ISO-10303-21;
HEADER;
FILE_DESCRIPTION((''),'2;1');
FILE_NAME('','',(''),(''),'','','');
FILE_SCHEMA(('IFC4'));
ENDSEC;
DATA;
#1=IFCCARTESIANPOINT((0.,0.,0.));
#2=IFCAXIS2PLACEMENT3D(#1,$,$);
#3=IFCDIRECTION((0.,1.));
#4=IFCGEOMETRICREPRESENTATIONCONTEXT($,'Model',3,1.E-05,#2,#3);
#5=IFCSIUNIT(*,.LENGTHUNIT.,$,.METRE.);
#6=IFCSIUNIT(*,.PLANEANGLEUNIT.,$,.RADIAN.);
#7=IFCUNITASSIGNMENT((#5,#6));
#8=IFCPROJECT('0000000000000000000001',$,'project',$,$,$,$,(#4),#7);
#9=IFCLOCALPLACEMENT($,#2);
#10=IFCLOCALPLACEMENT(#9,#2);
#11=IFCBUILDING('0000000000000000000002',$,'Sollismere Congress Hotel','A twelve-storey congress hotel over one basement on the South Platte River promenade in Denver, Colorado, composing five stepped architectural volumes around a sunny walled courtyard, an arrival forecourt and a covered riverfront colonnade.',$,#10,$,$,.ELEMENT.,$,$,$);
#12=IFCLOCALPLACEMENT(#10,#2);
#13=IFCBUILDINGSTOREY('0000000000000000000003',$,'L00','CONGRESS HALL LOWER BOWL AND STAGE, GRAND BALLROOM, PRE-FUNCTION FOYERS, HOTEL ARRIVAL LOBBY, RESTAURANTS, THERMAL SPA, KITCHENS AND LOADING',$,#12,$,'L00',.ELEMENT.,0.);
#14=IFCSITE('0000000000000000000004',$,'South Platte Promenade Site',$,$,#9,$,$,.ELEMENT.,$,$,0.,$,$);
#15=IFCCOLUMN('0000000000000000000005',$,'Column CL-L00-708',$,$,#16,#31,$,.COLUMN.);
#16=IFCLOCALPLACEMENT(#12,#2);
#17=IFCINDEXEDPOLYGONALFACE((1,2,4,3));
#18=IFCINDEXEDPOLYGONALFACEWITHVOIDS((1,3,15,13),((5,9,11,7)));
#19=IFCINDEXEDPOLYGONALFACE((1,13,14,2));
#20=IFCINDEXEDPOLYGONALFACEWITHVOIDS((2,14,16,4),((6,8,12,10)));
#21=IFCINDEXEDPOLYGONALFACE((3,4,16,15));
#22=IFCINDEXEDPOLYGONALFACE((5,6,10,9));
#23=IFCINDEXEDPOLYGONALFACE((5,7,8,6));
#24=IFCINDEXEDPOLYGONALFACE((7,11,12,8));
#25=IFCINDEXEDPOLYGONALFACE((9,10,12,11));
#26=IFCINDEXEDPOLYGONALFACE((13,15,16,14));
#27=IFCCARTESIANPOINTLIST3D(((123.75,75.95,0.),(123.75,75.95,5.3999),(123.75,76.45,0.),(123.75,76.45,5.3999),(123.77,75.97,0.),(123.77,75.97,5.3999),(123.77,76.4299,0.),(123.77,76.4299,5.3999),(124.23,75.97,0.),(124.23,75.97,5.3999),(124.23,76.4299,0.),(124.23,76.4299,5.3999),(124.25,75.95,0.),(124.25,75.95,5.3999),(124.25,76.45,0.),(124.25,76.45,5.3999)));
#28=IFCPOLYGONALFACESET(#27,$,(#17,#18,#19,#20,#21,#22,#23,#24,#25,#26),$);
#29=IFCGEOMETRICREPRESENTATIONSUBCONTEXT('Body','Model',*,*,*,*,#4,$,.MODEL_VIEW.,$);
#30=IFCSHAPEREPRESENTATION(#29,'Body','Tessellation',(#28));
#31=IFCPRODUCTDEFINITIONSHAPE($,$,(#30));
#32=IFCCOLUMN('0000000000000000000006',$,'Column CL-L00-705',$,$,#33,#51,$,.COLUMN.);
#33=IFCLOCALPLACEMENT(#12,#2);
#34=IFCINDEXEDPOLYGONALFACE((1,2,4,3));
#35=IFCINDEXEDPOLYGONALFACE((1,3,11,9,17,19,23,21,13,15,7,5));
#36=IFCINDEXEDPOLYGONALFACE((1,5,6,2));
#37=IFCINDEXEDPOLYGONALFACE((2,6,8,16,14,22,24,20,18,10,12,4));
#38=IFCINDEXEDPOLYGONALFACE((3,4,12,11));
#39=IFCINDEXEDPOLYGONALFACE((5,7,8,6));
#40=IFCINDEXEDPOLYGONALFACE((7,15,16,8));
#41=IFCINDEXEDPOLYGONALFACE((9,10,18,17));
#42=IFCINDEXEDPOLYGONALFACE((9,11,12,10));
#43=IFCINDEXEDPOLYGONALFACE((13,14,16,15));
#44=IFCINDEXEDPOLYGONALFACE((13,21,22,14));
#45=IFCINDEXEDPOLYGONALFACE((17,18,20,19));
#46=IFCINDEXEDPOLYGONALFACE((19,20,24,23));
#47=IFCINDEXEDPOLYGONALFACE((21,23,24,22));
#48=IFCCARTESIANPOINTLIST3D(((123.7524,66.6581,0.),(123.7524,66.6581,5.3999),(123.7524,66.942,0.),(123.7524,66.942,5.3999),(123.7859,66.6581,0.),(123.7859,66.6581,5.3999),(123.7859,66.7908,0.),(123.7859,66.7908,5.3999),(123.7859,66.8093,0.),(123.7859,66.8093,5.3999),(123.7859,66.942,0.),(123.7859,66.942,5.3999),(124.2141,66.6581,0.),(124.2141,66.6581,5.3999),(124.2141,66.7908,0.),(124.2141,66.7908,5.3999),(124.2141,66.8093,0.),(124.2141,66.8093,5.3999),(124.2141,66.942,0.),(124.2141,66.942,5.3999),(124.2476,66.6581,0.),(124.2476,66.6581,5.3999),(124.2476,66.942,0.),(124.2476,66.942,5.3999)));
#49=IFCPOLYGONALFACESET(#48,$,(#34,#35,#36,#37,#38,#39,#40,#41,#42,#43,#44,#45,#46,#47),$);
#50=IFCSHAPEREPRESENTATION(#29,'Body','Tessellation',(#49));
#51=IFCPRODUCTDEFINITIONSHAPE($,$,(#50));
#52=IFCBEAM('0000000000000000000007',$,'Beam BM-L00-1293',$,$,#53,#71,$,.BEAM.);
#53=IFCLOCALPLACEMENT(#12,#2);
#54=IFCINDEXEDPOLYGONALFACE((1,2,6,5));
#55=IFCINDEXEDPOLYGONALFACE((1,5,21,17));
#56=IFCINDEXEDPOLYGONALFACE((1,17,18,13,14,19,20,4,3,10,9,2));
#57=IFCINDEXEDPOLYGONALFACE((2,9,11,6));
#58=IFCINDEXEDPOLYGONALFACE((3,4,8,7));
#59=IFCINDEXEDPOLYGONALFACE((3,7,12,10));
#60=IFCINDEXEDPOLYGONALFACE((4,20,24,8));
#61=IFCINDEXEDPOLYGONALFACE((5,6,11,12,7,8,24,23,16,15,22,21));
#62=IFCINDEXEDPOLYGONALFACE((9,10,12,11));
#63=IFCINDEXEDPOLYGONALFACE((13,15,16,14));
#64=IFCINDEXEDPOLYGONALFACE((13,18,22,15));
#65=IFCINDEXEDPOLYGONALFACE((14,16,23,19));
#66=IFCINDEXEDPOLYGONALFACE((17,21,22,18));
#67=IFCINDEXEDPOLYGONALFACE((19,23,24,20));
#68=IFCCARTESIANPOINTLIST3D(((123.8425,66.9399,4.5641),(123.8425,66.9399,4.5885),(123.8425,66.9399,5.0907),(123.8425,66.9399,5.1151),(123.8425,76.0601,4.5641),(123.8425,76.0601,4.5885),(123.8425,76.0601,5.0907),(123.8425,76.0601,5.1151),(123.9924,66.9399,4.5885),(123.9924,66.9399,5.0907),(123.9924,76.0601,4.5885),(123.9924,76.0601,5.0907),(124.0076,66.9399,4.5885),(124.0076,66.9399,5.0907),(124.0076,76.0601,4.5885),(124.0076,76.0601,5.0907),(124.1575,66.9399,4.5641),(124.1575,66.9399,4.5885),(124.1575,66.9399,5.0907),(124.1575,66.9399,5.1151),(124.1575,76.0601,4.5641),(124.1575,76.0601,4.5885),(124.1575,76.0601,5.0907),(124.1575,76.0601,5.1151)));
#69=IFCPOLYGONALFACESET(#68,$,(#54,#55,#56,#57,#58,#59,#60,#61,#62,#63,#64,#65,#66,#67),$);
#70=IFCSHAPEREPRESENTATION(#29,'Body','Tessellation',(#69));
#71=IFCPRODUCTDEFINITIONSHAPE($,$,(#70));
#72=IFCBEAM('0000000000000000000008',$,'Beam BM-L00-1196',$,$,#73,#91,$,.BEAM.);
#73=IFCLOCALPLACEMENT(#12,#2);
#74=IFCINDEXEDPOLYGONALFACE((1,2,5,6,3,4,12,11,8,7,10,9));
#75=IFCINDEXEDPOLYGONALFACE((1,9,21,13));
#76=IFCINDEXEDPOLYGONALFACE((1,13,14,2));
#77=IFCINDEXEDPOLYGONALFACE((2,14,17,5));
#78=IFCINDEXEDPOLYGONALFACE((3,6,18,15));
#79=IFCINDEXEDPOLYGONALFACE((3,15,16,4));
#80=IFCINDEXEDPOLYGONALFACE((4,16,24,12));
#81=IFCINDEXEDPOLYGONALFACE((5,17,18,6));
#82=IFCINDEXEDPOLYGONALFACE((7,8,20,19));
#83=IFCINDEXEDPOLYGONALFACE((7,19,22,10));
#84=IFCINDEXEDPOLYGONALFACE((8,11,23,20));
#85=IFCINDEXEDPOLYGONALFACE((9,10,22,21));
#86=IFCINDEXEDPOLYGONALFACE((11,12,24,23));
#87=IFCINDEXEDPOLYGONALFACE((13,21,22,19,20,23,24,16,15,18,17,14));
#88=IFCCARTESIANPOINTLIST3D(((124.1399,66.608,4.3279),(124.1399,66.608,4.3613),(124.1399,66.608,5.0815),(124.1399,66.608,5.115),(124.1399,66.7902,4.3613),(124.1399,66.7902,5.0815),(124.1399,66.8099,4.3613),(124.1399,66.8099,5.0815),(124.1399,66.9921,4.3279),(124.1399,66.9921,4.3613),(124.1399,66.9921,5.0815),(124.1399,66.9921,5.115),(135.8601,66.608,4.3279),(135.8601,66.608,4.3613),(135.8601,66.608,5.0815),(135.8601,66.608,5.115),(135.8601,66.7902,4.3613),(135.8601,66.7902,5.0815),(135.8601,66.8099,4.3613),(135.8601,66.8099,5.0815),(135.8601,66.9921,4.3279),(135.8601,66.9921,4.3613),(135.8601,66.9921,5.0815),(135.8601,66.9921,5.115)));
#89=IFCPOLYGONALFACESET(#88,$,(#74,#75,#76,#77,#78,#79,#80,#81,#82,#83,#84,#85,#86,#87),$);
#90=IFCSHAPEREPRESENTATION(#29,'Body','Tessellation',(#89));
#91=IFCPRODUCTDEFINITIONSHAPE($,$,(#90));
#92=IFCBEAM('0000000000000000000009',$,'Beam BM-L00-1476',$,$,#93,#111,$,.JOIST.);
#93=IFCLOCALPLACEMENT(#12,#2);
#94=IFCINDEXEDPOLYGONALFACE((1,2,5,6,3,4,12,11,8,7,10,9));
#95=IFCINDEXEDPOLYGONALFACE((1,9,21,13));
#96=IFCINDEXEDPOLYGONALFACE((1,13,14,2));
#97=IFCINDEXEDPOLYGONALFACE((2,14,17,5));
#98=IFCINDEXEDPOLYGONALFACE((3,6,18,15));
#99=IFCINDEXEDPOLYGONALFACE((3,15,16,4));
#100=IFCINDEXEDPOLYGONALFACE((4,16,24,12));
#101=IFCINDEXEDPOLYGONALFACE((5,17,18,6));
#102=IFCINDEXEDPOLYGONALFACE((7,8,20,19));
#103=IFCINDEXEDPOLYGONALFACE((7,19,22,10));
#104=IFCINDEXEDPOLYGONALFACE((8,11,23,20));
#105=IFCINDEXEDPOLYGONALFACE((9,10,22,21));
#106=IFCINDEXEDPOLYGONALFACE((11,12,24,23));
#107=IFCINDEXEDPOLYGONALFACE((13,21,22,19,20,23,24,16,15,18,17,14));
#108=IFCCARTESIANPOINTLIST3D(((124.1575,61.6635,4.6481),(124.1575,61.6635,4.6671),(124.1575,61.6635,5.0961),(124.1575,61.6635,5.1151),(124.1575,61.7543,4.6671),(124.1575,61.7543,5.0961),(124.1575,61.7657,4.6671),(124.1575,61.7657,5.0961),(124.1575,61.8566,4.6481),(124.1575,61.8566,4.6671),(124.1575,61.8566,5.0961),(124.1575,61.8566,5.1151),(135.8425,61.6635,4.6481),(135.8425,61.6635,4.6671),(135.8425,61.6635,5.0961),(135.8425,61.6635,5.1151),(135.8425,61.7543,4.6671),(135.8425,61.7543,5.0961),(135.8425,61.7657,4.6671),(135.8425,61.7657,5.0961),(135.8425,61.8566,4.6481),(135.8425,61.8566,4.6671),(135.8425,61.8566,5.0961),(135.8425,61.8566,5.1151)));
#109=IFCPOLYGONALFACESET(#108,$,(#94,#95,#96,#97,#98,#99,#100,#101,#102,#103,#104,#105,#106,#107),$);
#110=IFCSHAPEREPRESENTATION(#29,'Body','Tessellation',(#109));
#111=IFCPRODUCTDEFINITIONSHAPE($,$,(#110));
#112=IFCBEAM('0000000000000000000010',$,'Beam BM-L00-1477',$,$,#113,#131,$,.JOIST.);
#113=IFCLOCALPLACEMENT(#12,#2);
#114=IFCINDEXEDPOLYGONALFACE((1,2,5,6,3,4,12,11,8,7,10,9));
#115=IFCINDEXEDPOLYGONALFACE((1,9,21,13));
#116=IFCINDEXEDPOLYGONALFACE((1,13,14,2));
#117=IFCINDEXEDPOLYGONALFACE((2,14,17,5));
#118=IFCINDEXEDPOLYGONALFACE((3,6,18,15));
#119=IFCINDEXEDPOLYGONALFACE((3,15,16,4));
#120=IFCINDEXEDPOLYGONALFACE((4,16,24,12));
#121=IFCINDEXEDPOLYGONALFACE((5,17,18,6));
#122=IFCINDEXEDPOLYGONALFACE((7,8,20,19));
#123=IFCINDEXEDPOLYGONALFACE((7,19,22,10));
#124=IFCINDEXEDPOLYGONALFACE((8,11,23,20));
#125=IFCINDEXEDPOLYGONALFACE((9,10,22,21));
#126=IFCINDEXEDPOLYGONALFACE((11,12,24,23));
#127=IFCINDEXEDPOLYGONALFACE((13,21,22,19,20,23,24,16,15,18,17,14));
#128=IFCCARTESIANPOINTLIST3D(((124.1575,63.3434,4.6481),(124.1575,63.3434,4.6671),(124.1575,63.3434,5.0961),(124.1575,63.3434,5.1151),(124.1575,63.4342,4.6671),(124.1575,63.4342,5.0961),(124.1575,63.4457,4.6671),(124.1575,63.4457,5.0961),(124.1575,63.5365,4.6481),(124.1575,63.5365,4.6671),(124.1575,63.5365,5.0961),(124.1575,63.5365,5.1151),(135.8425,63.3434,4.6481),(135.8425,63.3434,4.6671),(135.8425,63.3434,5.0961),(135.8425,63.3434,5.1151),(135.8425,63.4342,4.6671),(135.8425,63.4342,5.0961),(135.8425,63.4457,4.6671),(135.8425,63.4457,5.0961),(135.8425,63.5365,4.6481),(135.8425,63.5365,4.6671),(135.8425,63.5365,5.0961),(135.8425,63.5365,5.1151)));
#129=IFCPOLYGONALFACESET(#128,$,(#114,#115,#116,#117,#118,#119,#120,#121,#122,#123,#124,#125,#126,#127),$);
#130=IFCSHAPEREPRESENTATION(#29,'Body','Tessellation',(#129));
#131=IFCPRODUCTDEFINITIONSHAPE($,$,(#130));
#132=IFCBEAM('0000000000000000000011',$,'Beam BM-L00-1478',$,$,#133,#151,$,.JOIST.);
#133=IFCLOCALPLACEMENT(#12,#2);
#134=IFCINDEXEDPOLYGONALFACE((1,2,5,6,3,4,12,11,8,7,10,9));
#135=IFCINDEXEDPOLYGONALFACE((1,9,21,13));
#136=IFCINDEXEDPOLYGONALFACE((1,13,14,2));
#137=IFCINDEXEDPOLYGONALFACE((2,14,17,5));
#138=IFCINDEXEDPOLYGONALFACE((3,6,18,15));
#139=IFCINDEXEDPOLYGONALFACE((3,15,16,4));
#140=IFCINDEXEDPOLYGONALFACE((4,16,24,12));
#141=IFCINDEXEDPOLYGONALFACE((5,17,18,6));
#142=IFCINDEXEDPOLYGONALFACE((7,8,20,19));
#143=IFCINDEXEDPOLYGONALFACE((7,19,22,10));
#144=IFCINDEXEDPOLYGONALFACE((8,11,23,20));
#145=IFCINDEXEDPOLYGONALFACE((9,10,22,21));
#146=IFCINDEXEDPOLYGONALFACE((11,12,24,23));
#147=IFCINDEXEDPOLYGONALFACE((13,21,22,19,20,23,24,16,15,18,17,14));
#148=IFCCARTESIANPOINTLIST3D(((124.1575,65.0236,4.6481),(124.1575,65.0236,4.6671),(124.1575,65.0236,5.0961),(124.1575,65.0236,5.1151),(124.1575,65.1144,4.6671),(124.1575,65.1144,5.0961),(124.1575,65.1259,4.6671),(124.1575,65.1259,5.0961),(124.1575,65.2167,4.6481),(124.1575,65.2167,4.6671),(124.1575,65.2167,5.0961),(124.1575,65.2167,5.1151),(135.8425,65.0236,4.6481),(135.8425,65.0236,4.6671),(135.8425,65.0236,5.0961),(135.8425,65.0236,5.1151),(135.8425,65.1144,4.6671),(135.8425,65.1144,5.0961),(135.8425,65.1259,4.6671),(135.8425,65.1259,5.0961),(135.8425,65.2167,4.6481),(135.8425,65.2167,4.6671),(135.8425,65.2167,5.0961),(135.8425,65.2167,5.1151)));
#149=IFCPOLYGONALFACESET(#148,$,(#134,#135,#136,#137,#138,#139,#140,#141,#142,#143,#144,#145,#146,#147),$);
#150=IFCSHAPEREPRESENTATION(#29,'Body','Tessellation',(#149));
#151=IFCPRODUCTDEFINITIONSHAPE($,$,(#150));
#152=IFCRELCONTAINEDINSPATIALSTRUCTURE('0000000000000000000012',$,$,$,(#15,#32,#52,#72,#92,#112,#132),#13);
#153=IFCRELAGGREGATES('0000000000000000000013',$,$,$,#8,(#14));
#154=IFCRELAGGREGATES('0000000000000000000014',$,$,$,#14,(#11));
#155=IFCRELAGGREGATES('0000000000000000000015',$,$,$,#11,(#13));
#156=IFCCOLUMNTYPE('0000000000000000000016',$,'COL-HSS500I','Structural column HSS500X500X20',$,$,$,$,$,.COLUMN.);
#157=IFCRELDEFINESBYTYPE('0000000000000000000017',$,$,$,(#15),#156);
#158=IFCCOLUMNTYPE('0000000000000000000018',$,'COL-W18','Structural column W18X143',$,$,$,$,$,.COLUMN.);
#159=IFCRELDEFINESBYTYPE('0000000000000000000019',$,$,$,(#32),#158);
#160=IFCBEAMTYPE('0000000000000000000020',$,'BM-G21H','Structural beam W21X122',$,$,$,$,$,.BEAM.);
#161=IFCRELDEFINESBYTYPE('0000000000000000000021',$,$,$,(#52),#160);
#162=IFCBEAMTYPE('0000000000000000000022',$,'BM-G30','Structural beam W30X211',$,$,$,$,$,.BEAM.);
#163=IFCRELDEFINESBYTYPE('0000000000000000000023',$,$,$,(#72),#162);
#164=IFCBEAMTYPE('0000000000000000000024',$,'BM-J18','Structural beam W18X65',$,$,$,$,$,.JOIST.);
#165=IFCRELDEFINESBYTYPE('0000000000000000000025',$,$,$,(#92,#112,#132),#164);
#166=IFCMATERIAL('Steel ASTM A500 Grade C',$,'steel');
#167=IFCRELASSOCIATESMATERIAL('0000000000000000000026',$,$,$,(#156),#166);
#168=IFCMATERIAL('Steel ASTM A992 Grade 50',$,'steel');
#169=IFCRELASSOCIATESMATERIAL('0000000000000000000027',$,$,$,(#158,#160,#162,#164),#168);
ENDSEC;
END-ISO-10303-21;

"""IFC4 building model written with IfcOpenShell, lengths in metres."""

from ifc_helpers import new_model, si_unit, direction, frame, origin, origin_2d, place, context, subcontext, project, spatial, hollow_rectangle, i_section, extrude, material, material_profile, profile_set, type_object, element, save


model = new_model("IFC4")

# Units and contexts
model_context = context("Model", 3, precision=1e-05, world=origin(), true_north=direction((0.0, 1.0)))
body_context = subcontext(model_context, "Body", "Model", "MODEL_VIEW")
ifc_project = project(units=[si_unit("LENGTHUNIT", "METRE"), si_unit("PLANEANGLEUNIT", "RADIAN")], contexts=[model_context])

# Site, building, storey
site_placement = place(None, origin())
site = spatial("IfcSite", under=ifc_project, at=site_placement, Name="South Platte Promenade Site", CompositionType="ELEMENT", RefElevation=0.0)
building_placement = place(site_placement, origin())
building = spatial("IfcBuilding", under=site, at=building_placement, Name="Sollismere Congress Hotel", Description="A twelve-storey congress hotel over one basement on the South Platte River promenade in Denver, Colorado, composing five stepped architectural volumes around a sunny walled courtyard, an arrival forecourt and a covered riverfront colonnade.", CompositionType="ELEMENT")
storey_placement = place(building_placement, origin())
storey = spatial("IfcBuildingStorey", under=building, at=storey_placement, Name="L00", Description="CONGRESS HALL LOWER BOWL AND STAGE, GRAND BALLROOM, PRE-FUNCTION FOYERS, HOTEL ARRIVAL LOBBY, RESTAURANTS, THERMAL SPA, KITCHENS AND LOADING", LongName="L00", CompositionType="ELEMENT", Elevation=0.0)

# Columns
ifc_material_1 = material(Name="Steel ASTM A500 Grade C", Category="steel")
ifc_material_profile_1 = material_profile(ifc_material_1, hollow_rectangle(XDim=0.5, YDim=0.5, WallThickness=0.02, at=origin_2d()), Name="HSS500X500X20")
ifc_profile_set_1 = profile_set([ifc_material_profile_1], Name="Steel ASTM A500 Grade C")
column_type_1 = type_object("IfcColumnType", Name="COL-HSS500I", Description="Structural column HSS500X500X20", PredefinedType="COLUMN", material=ifc_profile_set_1)
column_1_placement = place(storey_placement, frame((124.0, 76.2, 0.0), z_axis=(0.0, 0.0, 1.0), x_axis=(1.0, 0.0, 0.0)))
element("IfcColumn", 1, at=column_1_placement, inside=storey, type_object=column_type_1, Name="Column CL-L00-708", PredefinedType="COLUMN", context=body_context, shape_type="SweptSolid", body=[
    extrude(hollow_rectangle(XDim=0.5, YDim=0.5, WallThickness=0.02, at=origin_2d()), origin(), (0.0, 0.0, 1.0), 5.3999),
])
ifc_material_2 = material(Name="Steel ASTM A992 Grade 50", Category="steel")
ifc_material_profile_2 = material_profile(ifc_material_2, i_section(OverallWidth=0.2839, OverallDepth=0.4951, WebThickness=0.0186, FlangeThickness=0.0334, at=origin_2d()), Name="W18X143")
ifc_profile_set_2 = profile_set([ifc_material_profile_2], Name="Steel ASTM A992 Grade 50")
column_type_2 = type_object("IfcColumnType", Name="COL-W18", Description="Structural column W18X143", PredefinedType="COLUMN", material=ifc_profile_set_2)
column_2_placement = place(storey_placement, frame((124.0, 66.8, 0.0), z_axis=(0.0, 0.0, 1.0), x_axis=(0.0, 1.0, 0.0)))
element("IfcColumn", 2, at=column_2_placement, inside=storey, type_object=column_type_2, Name="Column CL-L00-705", PredefinedType="COLUMN", context=body_context, shape_type="SweptSolid", body=[
    extrude(i_section(OverallWidth=0.2839, OverallDepth=0.4951, WebThickness=0.0186, FlangeThickness=0.0334, at=origin_2d()), origin(), (0.0, 0.0, 1.0), 5.3999),
])

# Beams
ifc_material_profile_3 = material_profile(ifc_material_2, i_section(OverallWidth=0.3149, OverallDepth=0.551, WebThickness=0.0151, FlangeThickness=0.0244, at=origin_2d()), Name="W21X122")
ifc_profile_set_3 = profile_set([ifc_material_profile_3], Name="Steel ASTM A992 Grade 50")
beam_type_1 = type_object("IfcBeamType", Name="BM-G21H", Description="Structural beam W21X122", PredefinedType="BEAM", material=ifc_profile_set_3)
beam_1_placement = place(storey_placement, frame((124.0, 66.9399, 4.8396), z_axis=(0.0, 1.0, 0.0), x_axis=(-1.0, 0.0, 0.0)))
element("IfcBeam", 3, at=beam_1_placement, inside=storey, type_object=beam_type_1, Name="Beam BM-L00-1293", PredefinedType="BEAM", context=body_context, shape_type="SweptSolid", body=[
    extrude(i_section(OverallWidth=0.3149, OverallDepth=0.551, WebThickness=0.0151, FlangeThickness=0.0244, at=origin_2d()), origin(), (0.0, 0.0, 1.0), 9.1201),
])
ifc_material_profile_4 = material_profile(ifc_material_2, i_section(OverallWidth=0.384, OverallDepth=0.7871, WebThickness=0.0198, FlangeThickness=0.0334, at=origin_2d()), Name="W30X211")
ifc_profile_set_4 = profile_set([ifc_material_profile_4], Name="Steel ASTM A992 Grade 50")
beam_type_2 = type_object("IfcBeamType", Name="BM-G30", Description="Structural beam W30X211", PredefinedType="BEAM", material=ifc_profile_set_4)
beam_2_placement = place(storey_placement, frame((124.1399, 66.8, 4.7214), z_axis=(1.0, 0.0, 0.0), x_axis=(0.0, 1.0, 0.0)))
element("IfcBeam", 4, at=beam_2_placement, inside=storey, type_object=beam_type_2, Name="Beam BM-L00-1196", PredefinedType="BEAM", context=body_context, shape_type="SweptSolid", body=[
    extrude(i_section(OverallWidth=0.384, OverallDepth=0.7871, WebThickness=0.0198, FlangeThickness=0.0334, at=origin_2d()), origin(), (0.0, 0.0, 1.0), 11.7202),
])
ifc_material_profile_5 = material_profile(ifc_material_2, i_section(OverallWidth=0.1931, OverallDepth=0.467, WebThickness=0.0115, FlangeThickness=0.019, at=origin_2d()), Name="W18X65")
ifc_profile_set_5 = profile_set([ifc_material_profile_5], Name="Steel ASTM A992 Grade 50")
beam_type_3 = type_object("IfcBeamType", Name="BM-J18", Description="Structural beam W18X65", PredefinedType="JOIST", material=ifc_profile_set_5)
for number, where, z_axis, x_axis, name in (
    (5, (124.1575, 61.76, 4.8816), (1.0, 0.0, 0.0), (0.0, 1.0, 0.0), "Beam BM-L00-1476"),
    (6, (124.1575, 63.4399, 4.8816), (1.0, 0.0, 0.0), (0.0, 1.0, 0.0), "Beam BM-L00-1477"),
    (7, (124.1575, 65.1201, 4.8816), (1.0, 0.0, 0.0), (0.0, 1.0, 0.0), "Beam BM-L00-1478"),
):
    element("IfcBeam", number, at=place(storey_placement, frame(where, z_axis=z_axis, x_axis=x_axis)), inside=storey, type_object=beam_type_3, Name=name, PredefinedType="JOIST", context=body_context, shape_type="SweptSolid", body=[
        extrude(i_section(OverallWidth=0.1931, OverallDepth=0.467, WebThickness=0.0115, FlangeThickness=0.019, at=origin_2d()), origin(), (0.0, 0.0, 1.0), 11.6851),
    ])

save(model, "model.ifc")
